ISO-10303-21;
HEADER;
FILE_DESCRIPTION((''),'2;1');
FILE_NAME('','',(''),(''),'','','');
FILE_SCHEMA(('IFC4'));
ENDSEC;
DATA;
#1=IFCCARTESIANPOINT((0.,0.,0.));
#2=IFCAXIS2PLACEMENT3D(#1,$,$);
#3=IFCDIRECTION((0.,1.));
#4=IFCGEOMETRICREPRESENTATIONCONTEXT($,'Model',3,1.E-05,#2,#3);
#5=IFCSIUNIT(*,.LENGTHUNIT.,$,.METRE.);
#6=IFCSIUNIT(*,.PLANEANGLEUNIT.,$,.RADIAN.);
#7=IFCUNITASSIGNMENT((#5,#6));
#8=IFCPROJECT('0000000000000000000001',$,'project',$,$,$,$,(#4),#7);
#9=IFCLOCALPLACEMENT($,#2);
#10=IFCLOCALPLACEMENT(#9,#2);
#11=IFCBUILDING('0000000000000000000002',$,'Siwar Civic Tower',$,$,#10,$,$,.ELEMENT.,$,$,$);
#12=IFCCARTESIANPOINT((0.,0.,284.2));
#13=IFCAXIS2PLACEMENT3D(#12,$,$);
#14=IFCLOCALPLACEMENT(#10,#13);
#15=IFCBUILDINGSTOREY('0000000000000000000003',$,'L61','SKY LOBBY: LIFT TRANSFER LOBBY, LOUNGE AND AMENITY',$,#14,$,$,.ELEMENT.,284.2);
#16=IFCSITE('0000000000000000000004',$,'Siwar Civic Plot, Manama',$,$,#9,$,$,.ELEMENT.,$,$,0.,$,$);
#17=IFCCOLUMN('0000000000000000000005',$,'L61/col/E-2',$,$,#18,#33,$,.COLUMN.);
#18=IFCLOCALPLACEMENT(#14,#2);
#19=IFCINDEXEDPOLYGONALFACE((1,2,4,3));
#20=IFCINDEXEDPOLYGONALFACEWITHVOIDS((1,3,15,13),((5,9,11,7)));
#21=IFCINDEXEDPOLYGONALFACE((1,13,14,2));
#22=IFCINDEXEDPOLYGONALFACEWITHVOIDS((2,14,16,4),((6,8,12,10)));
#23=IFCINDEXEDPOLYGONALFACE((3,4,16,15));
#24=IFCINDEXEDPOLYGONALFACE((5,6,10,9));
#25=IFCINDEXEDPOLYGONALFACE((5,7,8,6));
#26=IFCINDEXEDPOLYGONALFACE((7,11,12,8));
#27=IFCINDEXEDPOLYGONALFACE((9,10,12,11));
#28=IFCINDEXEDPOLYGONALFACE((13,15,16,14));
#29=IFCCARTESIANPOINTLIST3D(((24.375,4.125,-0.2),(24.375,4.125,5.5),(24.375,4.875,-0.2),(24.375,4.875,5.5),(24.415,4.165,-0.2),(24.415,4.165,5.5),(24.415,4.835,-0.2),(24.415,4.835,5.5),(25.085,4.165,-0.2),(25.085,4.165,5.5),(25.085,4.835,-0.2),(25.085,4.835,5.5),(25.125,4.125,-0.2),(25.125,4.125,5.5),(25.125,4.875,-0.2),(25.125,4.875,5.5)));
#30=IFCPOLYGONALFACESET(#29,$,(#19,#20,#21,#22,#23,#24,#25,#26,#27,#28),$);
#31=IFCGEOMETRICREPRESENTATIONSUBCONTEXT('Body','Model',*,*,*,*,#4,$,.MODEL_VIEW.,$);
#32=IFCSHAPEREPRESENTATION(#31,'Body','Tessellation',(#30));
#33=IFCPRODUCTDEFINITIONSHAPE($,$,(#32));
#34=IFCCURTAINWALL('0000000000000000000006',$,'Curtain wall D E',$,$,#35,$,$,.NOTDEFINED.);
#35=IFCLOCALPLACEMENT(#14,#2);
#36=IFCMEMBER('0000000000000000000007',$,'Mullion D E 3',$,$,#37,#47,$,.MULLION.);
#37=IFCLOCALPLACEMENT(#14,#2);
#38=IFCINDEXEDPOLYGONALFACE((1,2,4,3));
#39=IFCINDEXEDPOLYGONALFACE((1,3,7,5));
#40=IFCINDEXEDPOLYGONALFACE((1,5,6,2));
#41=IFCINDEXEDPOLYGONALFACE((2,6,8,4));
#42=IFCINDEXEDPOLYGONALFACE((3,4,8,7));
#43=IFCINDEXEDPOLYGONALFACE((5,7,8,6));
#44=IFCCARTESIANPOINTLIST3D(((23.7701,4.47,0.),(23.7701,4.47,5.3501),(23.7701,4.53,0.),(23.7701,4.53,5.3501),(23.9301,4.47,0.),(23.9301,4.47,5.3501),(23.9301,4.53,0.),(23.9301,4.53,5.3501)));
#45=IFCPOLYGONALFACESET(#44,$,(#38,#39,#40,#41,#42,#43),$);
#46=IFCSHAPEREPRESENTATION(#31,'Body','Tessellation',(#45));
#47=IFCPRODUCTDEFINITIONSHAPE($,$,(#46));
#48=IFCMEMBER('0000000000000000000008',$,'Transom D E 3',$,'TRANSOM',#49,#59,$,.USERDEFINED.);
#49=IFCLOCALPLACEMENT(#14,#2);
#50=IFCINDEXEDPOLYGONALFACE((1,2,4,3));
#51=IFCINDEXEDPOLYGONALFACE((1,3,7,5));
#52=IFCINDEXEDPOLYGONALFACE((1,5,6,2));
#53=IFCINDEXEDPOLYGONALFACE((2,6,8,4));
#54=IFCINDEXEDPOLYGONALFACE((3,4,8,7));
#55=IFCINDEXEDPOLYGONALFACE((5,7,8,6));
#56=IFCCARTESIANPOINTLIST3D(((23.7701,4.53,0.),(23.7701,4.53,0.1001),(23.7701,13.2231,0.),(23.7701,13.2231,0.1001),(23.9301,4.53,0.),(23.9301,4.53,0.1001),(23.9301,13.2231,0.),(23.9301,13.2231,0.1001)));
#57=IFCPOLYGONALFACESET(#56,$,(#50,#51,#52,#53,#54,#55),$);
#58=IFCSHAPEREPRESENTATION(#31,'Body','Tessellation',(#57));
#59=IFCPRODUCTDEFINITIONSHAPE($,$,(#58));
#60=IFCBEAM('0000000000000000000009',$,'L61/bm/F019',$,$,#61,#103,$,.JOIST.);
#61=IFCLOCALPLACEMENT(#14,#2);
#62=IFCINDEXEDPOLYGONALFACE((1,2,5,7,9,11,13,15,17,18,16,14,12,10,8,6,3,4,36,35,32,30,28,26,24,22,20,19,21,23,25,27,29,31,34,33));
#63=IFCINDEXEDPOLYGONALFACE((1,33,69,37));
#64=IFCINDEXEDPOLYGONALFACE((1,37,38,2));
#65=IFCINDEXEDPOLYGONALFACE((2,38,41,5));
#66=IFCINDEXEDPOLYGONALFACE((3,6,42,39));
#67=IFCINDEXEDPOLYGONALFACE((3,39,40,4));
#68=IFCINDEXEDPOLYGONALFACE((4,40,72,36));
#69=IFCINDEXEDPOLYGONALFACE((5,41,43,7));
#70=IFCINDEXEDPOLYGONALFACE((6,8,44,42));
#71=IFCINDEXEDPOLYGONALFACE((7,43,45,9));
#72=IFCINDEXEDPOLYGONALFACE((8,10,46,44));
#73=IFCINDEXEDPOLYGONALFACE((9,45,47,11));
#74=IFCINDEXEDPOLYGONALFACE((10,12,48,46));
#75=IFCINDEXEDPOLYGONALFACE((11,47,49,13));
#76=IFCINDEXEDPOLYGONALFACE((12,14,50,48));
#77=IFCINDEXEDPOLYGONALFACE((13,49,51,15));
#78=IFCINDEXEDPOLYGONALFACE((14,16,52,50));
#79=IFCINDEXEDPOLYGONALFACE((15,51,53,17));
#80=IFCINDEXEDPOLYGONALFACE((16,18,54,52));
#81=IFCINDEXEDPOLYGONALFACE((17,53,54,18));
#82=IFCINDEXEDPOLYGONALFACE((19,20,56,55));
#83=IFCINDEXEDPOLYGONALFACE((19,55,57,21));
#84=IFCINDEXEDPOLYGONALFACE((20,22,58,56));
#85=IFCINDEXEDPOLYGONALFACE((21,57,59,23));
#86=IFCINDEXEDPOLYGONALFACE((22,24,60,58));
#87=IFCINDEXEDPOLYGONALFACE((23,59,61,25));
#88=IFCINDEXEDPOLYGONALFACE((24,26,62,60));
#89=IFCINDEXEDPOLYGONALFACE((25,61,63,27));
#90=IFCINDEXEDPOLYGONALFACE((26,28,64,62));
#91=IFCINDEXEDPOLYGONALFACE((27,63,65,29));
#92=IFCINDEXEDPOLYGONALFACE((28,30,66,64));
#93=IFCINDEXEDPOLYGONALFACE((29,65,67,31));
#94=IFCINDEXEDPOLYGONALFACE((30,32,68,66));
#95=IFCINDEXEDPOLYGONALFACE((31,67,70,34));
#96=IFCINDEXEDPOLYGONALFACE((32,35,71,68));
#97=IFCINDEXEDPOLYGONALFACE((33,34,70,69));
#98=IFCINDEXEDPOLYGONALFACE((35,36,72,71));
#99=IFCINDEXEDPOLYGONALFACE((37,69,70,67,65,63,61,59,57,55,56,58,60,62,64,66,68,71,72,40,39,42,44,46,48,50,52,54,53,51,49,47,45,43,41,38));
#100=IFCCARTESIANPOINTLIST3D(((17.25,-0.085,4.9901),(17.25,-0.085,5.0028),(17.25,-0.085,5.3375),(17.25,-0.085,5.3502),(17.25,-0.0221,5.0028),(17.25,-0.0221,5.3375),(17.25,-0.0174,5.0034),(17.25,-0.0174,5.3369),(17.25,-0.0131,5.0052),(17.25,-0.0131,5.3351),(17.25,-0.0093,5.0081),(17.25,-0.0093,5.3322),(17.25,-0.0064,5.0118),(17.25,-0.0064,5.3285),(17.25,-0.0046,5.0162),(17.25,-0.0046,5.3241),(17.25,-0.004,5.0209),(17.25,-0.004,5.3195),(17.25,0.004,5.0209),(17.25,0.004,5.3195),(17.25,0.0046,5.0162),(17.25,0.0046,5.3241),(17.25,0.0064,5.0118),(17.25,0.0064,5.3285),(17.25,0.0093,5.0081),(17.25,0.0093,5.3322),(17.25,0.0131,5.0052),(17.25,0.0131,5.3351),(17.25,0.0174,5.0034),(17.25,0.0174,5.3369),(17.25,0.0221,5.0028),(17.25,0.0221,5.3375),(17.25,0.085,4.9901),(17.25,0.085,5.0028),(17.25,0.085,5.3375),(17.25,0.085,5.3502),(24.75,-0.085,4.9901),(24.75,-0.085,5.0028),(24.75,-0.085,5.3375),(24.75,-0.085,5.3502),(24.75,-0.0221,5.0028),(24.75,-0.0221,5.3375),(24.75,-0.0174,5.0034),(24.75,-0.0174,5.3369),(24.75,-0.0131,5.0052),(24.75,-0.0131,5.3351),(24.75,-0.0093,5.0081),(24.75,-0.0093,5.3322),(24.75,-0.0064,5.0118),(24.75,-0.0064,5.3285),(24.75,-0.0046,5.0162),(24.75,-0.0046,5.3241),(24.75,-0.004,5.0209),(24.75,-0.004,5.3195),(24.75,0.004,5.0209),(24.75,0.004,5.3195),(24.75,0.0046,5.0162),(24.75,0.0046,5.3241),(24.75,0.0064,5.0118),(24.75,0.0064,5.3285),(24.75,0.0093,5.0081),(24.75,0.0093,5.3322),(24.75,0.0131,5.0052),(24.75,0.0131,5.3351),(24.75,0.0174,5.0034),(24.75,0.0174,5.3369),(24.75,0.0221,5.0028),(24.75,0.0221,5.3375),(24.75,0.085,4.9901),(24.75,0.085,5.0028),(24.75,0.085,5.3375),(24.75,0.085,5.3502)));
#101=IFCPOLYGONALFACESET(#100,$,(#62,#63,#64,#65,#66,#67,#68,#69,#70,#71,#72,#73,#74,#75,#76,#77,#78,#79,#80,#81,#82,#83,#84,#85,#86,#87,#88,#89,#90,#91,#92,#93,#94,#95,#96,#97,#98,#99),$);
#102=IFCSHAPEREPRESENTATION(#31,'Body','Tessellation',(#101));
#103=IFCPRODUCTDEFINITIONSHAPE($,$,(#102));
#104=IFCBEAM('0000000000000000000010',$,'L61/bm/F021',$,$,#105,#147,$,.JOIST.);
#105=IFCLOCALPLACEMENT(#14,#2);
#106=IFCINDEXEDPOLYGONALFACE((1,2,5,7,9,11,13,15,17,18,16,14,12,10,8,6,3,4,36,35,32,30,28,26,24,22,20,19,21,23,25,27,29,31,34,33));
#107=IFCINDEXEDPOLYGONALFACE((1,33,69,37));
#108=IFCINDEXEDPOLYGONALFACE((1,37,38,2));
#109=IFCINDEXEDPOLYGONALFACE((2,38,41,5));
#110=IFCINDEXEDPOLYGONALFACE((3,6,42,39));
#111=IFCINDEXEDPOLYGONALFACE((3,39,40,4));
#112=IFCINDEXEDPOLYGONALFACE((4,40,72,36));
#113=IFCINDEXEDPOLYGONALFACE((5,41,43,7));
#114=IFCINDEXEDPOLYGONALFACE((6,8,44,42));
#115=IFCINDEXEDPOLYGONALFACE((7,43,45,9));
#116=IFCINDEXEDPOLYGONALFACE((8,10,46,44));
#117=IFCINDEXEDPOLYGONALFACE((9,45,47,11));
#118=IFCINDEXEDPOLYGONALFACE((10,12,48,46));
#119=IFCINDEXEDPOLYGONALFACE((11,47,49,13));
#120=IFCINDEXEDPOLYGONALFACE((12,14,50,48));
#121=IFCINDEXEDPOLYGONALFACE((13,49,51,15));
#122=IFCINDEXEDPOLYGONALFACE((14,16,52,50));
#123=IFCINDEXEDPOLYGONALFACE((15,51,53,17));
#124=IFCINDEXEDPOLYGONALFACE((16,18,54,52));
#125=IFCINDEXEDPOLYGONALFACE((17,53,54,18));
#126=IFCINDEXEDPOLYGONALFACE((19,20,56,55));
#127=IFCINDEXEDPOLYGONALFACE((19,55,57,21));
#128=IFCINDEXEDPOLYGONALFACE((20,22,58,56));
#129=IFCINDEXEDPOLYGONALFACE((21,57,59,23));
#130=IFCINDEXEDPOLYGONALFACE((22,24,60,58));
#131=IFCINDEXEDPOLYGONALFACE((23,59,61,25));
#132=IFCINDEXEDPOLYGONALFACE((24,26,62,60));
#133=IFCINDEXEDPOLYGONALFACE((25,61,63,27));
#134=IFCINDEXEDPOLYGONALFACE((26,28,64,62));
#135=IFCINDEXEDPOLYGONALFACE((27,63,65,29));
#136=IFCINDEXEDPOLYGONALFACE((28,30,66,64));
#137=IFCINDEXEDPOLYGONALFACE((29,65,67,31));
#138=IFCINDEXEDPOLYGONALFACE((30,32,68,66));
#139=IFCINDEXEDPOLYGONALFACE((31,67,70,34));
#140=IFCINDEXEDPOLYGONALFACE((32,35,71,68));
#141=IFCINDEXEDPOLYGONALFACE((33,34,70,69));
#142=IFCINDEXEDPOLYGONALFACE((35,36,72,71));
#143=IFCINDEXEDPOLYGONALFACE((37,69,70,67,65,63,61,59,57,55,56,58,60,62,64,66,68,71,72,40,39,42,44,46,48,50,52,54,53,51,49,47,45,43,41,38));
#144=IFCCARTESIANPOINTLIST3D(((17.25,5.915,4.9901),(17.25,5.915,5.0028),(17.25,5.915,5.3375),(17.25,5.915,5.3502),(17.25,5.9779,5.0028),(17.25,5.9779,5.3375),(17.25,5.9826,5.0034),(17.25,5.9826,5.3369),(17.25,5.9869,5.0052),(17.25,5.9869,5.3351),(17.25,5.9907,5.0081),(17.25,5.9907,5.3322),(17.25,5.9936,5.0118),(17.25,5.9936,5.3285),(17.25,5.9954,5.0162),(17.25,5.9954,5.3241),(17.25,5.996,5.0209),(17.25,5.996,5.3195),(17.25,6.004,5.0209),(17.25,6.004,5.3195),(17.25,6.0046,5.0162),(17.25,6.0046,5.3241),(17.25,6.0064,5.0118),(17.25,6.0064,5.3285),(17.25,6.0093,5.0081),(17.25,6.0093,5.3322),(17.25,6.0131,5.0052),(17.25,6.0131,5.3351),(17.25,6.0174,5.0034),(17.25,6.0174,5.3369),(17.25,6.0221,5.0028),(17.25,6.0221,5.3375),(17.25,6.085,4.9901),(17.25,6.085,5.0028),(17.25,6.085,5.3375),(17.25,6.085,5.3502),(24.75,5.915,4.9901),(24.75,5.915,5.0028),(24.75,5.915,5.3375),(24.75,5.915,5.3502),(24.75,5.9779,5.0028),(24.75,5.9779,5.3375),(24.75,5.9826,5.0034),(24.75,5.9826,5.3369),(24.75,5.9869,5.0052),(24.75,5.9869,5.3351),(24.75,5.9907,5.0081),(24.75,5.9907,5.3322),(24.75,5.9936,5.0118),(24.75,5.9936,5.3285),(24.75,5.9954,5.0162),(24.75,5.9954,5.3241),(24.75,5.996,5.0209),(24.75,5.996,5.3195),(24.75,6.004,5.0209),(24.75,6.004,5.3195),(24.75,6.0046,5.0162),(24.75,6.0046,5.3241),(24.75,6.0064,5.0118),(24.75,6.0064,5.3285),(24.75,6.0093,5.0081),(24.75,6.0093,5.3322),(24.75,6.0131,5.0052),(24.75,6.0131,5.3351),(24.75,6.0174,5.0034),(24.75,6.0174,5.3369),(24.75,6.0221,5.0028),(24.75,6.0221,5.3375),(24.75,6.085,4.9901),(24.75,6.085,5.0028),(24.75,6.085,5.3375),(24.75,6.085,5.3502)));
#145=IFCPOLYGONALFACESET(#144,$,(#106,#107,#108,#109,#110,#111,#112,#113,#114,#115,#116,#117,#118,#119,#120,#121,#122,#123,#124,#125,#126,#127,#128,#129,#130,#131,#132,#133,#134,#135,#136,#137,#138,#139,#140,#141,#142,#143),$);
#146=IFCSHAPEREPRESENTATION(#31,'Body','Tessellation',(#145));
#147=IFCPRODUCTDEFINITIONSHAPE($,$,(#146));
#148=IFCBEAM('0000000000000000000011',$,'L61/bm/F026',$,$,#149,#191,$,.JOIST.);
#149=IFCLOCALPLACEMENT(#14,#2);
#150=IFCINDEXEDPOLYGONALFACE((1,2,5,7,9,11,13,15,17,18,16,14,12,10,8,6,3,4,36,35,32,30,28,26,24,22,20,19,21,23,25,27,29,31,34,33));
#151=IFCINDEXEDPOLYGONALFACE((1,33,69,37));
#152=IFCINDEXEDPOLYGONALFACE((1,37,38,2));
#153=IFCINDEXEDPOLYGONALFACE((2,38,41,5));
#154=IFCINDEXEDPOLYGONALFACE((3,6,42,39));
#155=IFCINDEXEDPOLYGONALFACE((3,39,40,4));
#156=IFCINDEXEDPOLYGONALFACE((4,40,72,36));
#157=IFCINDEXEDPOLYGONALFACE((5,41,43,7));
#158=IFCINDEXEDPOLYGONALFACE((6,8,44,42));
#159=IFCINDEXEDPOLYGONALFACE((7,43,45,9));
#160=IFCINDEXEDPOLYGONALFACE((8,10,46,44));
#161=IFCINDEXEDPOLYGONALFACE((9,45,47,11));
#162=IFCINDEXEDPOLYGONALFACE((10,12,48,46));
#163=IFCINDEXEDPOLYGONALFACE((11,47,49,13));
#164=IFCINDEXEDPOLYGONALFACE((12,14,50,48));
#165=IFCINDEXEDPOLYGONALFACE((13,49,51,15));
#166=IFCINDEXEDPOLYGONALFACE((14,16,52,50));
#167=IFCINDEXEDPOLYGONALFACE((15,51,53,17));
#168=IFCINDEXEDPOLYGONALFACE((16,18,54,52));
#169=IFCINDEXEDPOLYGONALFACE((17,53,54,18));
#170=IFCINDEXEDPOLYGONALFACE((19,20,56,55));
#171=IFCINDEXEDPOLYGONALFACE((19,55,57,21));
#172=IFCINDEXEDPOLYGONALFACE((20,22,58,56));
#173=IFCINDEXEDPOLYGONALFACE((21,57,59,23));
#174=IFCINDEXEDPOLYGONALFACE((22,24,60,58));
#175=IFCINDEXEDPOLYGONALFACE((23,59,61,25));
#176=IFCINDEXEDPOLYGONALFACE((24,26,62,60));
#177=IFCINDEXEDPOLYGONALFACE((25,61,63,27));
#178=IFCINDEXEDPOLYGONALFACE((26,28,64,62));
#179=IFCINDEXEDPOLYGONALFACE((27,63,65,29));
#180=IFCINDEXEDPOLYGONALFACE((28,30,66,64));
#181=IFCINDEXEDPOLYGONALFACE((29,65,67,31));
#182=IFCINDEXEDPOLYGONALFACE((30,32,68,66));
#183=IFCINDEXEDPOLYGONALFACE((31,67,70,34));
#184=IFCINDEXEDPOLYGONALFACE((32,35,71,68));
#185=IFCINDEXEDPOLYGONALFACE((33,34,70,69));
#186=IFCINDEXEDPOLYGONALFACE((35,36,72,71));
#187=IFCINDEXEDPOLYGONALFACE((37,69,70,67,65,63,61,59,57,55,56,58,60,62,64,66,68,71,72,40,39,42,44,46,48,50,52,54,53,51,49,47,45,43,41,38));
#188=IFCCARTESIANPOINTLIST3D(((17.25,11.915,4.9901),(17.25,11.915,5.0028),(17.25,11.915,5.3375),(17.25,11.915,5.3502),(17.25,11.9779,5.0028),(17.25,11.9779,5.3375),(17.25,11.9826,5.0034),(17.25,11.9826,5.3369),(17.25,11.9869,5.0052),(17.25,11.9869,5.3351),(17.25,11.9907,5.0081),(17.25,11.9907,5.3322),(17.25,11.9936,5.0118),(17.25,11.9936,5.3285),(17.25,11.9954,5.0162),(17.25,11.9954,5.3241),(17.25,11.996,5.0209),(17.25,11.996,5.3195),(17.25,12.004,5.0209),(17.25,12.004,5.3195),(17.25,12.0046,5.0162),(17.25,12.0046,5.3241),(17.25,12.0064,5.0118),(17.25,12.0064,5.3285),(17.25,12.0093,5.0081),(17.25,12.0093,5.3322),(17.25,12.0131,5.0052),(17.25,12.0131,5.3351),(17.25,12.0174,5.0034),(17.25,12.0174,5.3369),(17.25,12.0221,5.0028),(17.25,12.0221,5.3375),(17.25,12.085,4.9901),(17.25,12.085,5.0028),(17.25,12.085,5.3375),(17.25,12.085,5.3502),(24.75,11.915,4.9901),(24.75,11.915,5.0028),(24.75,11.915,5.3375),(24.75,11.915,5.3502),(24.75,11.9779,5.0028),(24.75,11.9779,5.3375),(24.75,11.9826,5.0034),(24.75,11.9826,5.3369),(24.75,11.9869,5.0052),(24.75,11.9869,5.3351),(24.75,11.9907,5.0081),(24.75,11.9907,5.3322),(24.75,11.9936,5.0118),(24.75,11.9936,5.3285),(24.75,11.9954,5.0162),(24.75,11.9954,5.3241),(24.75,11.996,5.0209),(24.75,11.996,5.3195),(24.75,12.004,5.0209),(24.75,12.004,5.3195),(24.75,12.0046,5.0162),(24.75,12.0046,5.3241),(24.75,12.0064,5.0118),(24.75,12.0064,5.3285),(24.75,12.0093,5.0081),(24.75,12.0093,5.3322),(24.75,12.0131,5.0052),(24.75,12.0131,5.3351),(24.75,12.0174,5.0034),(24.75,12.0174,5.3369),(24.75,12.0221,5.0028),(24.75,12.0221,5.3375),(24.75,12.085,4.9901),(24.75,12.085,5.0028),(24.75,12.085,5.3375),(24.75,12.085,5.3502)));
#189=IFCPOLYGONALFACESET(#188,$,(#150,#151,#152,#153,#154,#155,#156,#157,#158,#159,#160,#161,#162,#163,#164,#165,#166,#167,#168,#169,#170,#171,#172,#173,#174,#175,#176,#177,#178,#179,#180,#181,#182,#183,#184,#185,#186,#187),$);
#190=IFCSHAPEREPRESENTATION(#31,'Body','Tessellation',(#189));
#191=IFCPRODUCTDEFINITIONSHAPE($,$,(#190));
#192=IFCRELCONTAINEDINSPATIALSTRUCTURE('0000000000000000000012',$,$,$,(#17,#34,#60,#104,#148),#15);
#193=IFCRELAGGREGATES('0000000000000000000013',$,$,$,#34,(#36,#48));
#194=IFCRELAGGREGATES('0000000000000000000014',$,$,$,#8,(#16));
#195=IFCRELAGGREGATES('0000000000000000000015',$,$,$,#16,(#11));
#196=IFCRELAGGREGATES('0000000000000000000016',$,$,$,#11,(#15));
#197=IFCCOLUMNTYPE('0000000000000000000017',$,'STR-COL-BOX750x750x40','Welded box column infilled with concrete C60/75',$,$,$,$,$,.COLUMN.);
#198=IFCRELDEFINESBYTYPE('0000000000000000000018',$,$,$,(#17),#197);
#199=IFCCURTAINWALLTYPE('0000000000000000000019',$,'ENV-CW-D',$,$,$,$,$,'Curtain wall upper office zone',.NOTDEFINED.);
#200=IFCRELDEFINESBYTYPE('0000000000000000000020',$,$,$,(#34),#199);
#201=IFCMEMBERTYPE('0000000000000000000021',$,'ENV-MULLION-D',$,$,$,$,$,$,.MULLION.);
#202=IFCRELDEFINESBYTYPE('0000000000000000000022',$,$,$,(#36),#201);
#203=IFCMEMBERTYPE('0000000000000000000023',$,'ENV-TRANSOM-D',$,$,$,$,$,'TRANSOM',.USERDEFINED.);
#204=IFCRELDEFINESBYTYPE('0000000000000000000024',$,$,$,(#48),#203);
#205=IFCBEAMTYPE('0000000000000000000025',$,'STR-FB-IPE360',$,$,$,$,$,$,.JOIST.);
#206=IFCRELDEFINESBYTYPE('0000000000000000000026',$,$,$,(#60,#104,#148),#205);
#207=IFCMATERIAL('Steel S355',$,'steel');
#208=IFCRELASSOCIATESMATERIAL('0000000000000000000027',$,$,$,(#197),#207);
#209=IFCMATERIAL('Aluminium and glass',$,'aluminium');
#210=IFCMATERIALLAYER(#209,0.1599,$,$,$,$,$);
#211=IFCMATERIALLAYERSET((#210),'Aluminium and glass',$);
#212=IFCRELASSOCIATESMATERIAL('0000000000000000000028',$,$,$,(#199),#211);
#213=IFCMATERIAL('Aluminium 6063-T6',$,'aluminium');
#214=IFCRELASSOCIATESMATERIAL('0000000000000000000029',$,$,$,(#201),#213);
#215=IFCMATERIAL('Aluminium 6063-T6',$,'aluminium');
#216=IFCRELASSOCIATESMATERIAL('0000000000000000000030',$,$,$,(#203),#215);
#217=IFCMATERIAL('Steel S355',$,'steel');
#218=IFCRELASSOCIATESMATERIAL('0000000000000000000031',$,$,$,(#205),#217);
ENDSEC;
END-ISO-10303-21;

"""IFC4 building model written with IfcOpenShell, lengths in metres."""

from ifc_helpers import new_model, si_unit, direction, frame, origin, origin_2d, place, context, subcontext, project, spatial, rectangle, hollow_rectangle, i_section, extrude, material, layer, layer_set, material_profile, profile_set, type_object, element, aggregate, save


model = new_model("IFC4")

# Units and contexts
model_context = context("Model", 3, precision=1e-05, world=origin(), true_north=direction((0.0, 1.0)))
body_context = subcontext(model_context, "Body", "Model", "MODEL_VIEW")
ifc_project = project(units=[si_unit("LENGTHUNIT", "METRE"), si_unit("PLANEANGLEUNIT", "RADIAN")], contexts=[model_context])

# Site, building, storey
site_placement = place(None, origin())
site = spatial("IfcSite", under=ifc_project, at=site_placement, Name="Siwar Civic Plot, Manama", CompositionType="ELEMENT", RefElevation=0.0)
building_placement = place(site_placement, origin())
building = spatial("IfcBuilding", under=site, at=building_placement, Name="Siwar Civic Tower", CompositionType="ELEMENT")
storey_placement = place(building_placement, frame((0.0, 0.0, 284.2)))
storey = spatial("IfcBuildingStorey", under=building, at=storey_placement, Name="L61", Description="SKY LOBBY: LIFT TRANSFER LOBBY, LOUNGE AND AMENITY", CompositionType="ELEMENT", Elevation=284.2)

# Column
ifc_material_1 = material(Name="Steel S355", Category="steel")
ifc_material_profile_1 = material_profile(ifc_material_1, hollow_rectangle(XDim=0.75, YDim=0.75, WallThickness=0.04, at=origin_2d()), Name="BOX750x750x40")
ifc_profile_set_1 = profile_set([ifc_material_profile_1], Name="Steel S355")
column_type = type_object("IfcColumnType", Name="STR-COL-BOX750x750x40", Description="Welded box column infilled with concrete C60/75", PredefinedType="COLUMN", material=ifc_profile_set_1)
column_placement = place(storey_placement, frame((24.75, 4.5, -0.2), z_axis=(0.0, 0.0, 1.0), x_axis=(1.0, 0.0, 0.0)))
element("IfcColumn", 1, at=column_placement, inside=storey, type_object=column_type, Name="L61/col/E-2", PredefinedType="COLUMN", context=body_context, shape_type="SweptSolid", body=[
    extrude(hollow_rectangle(XDim=0.75, YDim=0.75, WallThickness=0.04, at=origin_2d()), origin(), (0.0, 0.0, 1.0), 5.7),
])

# Curtain wall, members
ifc_material_2 = material(Name="Aluminium and glass", Category="aluminium")
ifc_layer_1 = layer(ifc_material_2, 0.1599)
ifc_layer_set_1 = layer_set([ifc_layer_1], Name="Aluminium and glass")
curtain_wall_type = type_object("IfcCurtainWallType", Name="ENV-CW-D", ElementType="Curtain wall upper office zone", PredefinedType="NOTDEFINED", material=ifc_layer_set_1)
curtain_wall_placement = place(storey_placement, origin())
curtain_wall = element("IfcCurtainWall", 2, at=curtain_wall_placement, inside=storey, type_object=curtain_wall_type, Name="Curtain wall D E", PredefinedType="NOTDEFINED")
ifc_material_3 = material(Name="Aluminium 6063-T6", Category="aluminium")
ifc_material_profile_2 = material_profile(ifc_material_3, rectangle(XDim=0.1599, YDim=0.0601, at=origin_2d()), Name="AL 160x60")
ifc_profile_set_2 = profile_set([ifc_material_profile_2], Name="Aluminium 6063-T6")
member_type_1 = type_object("IfcMemberType", Name="ENV-MULLION-D", PredefinedType="MULLION", material=ifc_profile_set_2)
member_1_placement = place(storey_placement, frame((23.8501, 4.5, 0.0), z_axis=(0.0, 0.0, 1.0), x_axis=(-1.0, 0.0, 0.0)))
member_1 = element("IfcMember", 3, at=member_1_placement, type_object=member_type_1, Name="Mullion D E 3", PredefinedType="MULLION", context=body_context, shape_type="SweptSolid", body=[
    extrude(rectangle(XDim=0.1599, YDim=0.0601, at=origin_2d()), origin(), (0.0, 0.0, 1.0), 5.3501),
])
ifc_material_4 = material(Name="Aluminium 6063-T6", Category="aluminium")
ifc_material_profile_3 = material_profile(ifc_material_4, rectangle(XDim=0.1599, YDim=0.1001, at=origin_2d()), Name="AL 160x100")
ifc_profile_set_3 = profile_set([ifc_material_profile_3], Name="Aluminium 6063-T6")
member_type_2 = type_object("IfcMemberType", Name="ENV-TRANSOM-D", ElementType="TRANSOM", PredefinedType="USERDEFINED", material=ifc_profile_set_3)
member_2_placement = place(storey_placement, frame((23.8501, 4.53, 0.05), z_axis=(0.0, 1.0, 0.0), x_axis=(-1.0, 0.0, 0.0)))
member_2 = element("IfcMember", 4, at=member_2_placement, type_object=member_type_2, Name="Transom D E 3", ObjectType="TRANSOM", PredefinedType="USERDEFINED", context=body_context, shape_type="SweptSolid", body=[
    extrude(rectangle(XDim=0.1599, YDim=0.1001, at=origin_2d()), origin(), (0.0, 0.0, 1.0), 8.6931),
])

# Beams
ifc_material_5 = material(Name="Steel S355", Category="steel")
ifc_material_profile_4 = material_profile(ifc_material_5, i_section(OverallWidth=0.1699, OverallDepth=0.3601, WebThickness=0.0081, FlangeThickness=0.0127, FilletRadius=0.0181, at=origin_2d()), Name="IPE360")
ifc_profile_set_4 = profile_set([ifc_material_profile_4], Name="Steel S355")
beam_type_1 = type_object("IfcBeamType", Name="STR-FB-IPE360", PredefinedType="JOIST", material=ifc_profile_set_4)
for number, where, z_axis, x_axis, name in (
    (5, (17.25, 0.0, 5.1702), (1.0, 0.0, 0.0), (0.0, 1.0, 0.0), "L61/bm/F019"),
    (6, (17.25, 6.0, 5.1702), (1.0, 0.0, 0.0), (0.0, 1.0, 0.0), "L61/bm/F021"),
    (7, (17.25, 12.0, 5.1702), (1.0, 0.0, 0.0), (0.0, 1.0, 0.0), "L61/bm/F026"),
):
    element("IfcBeam", number, at=place(storey_placement, frame(where, z_axis=z_axis, x_axis=x_axis)), inside=storey, type_object=beam_type_1, Name=name, PredefinedType="JOIST", context=body_context, shape_type="SweptSolid", body=[
        extrude(i_section(OverallWidth=0.1699, OverallDepth=0.3601, WebThickness=0.0081, FlangeThickness=0.0127, FilletRadius=0.0181, at=origin_2d()), origin(), (0.0, 0.0, 1.0), 7.5),
    ])

aggregate(curtain_wall, [member_1, member_2])

save(model, "model.ifc")
